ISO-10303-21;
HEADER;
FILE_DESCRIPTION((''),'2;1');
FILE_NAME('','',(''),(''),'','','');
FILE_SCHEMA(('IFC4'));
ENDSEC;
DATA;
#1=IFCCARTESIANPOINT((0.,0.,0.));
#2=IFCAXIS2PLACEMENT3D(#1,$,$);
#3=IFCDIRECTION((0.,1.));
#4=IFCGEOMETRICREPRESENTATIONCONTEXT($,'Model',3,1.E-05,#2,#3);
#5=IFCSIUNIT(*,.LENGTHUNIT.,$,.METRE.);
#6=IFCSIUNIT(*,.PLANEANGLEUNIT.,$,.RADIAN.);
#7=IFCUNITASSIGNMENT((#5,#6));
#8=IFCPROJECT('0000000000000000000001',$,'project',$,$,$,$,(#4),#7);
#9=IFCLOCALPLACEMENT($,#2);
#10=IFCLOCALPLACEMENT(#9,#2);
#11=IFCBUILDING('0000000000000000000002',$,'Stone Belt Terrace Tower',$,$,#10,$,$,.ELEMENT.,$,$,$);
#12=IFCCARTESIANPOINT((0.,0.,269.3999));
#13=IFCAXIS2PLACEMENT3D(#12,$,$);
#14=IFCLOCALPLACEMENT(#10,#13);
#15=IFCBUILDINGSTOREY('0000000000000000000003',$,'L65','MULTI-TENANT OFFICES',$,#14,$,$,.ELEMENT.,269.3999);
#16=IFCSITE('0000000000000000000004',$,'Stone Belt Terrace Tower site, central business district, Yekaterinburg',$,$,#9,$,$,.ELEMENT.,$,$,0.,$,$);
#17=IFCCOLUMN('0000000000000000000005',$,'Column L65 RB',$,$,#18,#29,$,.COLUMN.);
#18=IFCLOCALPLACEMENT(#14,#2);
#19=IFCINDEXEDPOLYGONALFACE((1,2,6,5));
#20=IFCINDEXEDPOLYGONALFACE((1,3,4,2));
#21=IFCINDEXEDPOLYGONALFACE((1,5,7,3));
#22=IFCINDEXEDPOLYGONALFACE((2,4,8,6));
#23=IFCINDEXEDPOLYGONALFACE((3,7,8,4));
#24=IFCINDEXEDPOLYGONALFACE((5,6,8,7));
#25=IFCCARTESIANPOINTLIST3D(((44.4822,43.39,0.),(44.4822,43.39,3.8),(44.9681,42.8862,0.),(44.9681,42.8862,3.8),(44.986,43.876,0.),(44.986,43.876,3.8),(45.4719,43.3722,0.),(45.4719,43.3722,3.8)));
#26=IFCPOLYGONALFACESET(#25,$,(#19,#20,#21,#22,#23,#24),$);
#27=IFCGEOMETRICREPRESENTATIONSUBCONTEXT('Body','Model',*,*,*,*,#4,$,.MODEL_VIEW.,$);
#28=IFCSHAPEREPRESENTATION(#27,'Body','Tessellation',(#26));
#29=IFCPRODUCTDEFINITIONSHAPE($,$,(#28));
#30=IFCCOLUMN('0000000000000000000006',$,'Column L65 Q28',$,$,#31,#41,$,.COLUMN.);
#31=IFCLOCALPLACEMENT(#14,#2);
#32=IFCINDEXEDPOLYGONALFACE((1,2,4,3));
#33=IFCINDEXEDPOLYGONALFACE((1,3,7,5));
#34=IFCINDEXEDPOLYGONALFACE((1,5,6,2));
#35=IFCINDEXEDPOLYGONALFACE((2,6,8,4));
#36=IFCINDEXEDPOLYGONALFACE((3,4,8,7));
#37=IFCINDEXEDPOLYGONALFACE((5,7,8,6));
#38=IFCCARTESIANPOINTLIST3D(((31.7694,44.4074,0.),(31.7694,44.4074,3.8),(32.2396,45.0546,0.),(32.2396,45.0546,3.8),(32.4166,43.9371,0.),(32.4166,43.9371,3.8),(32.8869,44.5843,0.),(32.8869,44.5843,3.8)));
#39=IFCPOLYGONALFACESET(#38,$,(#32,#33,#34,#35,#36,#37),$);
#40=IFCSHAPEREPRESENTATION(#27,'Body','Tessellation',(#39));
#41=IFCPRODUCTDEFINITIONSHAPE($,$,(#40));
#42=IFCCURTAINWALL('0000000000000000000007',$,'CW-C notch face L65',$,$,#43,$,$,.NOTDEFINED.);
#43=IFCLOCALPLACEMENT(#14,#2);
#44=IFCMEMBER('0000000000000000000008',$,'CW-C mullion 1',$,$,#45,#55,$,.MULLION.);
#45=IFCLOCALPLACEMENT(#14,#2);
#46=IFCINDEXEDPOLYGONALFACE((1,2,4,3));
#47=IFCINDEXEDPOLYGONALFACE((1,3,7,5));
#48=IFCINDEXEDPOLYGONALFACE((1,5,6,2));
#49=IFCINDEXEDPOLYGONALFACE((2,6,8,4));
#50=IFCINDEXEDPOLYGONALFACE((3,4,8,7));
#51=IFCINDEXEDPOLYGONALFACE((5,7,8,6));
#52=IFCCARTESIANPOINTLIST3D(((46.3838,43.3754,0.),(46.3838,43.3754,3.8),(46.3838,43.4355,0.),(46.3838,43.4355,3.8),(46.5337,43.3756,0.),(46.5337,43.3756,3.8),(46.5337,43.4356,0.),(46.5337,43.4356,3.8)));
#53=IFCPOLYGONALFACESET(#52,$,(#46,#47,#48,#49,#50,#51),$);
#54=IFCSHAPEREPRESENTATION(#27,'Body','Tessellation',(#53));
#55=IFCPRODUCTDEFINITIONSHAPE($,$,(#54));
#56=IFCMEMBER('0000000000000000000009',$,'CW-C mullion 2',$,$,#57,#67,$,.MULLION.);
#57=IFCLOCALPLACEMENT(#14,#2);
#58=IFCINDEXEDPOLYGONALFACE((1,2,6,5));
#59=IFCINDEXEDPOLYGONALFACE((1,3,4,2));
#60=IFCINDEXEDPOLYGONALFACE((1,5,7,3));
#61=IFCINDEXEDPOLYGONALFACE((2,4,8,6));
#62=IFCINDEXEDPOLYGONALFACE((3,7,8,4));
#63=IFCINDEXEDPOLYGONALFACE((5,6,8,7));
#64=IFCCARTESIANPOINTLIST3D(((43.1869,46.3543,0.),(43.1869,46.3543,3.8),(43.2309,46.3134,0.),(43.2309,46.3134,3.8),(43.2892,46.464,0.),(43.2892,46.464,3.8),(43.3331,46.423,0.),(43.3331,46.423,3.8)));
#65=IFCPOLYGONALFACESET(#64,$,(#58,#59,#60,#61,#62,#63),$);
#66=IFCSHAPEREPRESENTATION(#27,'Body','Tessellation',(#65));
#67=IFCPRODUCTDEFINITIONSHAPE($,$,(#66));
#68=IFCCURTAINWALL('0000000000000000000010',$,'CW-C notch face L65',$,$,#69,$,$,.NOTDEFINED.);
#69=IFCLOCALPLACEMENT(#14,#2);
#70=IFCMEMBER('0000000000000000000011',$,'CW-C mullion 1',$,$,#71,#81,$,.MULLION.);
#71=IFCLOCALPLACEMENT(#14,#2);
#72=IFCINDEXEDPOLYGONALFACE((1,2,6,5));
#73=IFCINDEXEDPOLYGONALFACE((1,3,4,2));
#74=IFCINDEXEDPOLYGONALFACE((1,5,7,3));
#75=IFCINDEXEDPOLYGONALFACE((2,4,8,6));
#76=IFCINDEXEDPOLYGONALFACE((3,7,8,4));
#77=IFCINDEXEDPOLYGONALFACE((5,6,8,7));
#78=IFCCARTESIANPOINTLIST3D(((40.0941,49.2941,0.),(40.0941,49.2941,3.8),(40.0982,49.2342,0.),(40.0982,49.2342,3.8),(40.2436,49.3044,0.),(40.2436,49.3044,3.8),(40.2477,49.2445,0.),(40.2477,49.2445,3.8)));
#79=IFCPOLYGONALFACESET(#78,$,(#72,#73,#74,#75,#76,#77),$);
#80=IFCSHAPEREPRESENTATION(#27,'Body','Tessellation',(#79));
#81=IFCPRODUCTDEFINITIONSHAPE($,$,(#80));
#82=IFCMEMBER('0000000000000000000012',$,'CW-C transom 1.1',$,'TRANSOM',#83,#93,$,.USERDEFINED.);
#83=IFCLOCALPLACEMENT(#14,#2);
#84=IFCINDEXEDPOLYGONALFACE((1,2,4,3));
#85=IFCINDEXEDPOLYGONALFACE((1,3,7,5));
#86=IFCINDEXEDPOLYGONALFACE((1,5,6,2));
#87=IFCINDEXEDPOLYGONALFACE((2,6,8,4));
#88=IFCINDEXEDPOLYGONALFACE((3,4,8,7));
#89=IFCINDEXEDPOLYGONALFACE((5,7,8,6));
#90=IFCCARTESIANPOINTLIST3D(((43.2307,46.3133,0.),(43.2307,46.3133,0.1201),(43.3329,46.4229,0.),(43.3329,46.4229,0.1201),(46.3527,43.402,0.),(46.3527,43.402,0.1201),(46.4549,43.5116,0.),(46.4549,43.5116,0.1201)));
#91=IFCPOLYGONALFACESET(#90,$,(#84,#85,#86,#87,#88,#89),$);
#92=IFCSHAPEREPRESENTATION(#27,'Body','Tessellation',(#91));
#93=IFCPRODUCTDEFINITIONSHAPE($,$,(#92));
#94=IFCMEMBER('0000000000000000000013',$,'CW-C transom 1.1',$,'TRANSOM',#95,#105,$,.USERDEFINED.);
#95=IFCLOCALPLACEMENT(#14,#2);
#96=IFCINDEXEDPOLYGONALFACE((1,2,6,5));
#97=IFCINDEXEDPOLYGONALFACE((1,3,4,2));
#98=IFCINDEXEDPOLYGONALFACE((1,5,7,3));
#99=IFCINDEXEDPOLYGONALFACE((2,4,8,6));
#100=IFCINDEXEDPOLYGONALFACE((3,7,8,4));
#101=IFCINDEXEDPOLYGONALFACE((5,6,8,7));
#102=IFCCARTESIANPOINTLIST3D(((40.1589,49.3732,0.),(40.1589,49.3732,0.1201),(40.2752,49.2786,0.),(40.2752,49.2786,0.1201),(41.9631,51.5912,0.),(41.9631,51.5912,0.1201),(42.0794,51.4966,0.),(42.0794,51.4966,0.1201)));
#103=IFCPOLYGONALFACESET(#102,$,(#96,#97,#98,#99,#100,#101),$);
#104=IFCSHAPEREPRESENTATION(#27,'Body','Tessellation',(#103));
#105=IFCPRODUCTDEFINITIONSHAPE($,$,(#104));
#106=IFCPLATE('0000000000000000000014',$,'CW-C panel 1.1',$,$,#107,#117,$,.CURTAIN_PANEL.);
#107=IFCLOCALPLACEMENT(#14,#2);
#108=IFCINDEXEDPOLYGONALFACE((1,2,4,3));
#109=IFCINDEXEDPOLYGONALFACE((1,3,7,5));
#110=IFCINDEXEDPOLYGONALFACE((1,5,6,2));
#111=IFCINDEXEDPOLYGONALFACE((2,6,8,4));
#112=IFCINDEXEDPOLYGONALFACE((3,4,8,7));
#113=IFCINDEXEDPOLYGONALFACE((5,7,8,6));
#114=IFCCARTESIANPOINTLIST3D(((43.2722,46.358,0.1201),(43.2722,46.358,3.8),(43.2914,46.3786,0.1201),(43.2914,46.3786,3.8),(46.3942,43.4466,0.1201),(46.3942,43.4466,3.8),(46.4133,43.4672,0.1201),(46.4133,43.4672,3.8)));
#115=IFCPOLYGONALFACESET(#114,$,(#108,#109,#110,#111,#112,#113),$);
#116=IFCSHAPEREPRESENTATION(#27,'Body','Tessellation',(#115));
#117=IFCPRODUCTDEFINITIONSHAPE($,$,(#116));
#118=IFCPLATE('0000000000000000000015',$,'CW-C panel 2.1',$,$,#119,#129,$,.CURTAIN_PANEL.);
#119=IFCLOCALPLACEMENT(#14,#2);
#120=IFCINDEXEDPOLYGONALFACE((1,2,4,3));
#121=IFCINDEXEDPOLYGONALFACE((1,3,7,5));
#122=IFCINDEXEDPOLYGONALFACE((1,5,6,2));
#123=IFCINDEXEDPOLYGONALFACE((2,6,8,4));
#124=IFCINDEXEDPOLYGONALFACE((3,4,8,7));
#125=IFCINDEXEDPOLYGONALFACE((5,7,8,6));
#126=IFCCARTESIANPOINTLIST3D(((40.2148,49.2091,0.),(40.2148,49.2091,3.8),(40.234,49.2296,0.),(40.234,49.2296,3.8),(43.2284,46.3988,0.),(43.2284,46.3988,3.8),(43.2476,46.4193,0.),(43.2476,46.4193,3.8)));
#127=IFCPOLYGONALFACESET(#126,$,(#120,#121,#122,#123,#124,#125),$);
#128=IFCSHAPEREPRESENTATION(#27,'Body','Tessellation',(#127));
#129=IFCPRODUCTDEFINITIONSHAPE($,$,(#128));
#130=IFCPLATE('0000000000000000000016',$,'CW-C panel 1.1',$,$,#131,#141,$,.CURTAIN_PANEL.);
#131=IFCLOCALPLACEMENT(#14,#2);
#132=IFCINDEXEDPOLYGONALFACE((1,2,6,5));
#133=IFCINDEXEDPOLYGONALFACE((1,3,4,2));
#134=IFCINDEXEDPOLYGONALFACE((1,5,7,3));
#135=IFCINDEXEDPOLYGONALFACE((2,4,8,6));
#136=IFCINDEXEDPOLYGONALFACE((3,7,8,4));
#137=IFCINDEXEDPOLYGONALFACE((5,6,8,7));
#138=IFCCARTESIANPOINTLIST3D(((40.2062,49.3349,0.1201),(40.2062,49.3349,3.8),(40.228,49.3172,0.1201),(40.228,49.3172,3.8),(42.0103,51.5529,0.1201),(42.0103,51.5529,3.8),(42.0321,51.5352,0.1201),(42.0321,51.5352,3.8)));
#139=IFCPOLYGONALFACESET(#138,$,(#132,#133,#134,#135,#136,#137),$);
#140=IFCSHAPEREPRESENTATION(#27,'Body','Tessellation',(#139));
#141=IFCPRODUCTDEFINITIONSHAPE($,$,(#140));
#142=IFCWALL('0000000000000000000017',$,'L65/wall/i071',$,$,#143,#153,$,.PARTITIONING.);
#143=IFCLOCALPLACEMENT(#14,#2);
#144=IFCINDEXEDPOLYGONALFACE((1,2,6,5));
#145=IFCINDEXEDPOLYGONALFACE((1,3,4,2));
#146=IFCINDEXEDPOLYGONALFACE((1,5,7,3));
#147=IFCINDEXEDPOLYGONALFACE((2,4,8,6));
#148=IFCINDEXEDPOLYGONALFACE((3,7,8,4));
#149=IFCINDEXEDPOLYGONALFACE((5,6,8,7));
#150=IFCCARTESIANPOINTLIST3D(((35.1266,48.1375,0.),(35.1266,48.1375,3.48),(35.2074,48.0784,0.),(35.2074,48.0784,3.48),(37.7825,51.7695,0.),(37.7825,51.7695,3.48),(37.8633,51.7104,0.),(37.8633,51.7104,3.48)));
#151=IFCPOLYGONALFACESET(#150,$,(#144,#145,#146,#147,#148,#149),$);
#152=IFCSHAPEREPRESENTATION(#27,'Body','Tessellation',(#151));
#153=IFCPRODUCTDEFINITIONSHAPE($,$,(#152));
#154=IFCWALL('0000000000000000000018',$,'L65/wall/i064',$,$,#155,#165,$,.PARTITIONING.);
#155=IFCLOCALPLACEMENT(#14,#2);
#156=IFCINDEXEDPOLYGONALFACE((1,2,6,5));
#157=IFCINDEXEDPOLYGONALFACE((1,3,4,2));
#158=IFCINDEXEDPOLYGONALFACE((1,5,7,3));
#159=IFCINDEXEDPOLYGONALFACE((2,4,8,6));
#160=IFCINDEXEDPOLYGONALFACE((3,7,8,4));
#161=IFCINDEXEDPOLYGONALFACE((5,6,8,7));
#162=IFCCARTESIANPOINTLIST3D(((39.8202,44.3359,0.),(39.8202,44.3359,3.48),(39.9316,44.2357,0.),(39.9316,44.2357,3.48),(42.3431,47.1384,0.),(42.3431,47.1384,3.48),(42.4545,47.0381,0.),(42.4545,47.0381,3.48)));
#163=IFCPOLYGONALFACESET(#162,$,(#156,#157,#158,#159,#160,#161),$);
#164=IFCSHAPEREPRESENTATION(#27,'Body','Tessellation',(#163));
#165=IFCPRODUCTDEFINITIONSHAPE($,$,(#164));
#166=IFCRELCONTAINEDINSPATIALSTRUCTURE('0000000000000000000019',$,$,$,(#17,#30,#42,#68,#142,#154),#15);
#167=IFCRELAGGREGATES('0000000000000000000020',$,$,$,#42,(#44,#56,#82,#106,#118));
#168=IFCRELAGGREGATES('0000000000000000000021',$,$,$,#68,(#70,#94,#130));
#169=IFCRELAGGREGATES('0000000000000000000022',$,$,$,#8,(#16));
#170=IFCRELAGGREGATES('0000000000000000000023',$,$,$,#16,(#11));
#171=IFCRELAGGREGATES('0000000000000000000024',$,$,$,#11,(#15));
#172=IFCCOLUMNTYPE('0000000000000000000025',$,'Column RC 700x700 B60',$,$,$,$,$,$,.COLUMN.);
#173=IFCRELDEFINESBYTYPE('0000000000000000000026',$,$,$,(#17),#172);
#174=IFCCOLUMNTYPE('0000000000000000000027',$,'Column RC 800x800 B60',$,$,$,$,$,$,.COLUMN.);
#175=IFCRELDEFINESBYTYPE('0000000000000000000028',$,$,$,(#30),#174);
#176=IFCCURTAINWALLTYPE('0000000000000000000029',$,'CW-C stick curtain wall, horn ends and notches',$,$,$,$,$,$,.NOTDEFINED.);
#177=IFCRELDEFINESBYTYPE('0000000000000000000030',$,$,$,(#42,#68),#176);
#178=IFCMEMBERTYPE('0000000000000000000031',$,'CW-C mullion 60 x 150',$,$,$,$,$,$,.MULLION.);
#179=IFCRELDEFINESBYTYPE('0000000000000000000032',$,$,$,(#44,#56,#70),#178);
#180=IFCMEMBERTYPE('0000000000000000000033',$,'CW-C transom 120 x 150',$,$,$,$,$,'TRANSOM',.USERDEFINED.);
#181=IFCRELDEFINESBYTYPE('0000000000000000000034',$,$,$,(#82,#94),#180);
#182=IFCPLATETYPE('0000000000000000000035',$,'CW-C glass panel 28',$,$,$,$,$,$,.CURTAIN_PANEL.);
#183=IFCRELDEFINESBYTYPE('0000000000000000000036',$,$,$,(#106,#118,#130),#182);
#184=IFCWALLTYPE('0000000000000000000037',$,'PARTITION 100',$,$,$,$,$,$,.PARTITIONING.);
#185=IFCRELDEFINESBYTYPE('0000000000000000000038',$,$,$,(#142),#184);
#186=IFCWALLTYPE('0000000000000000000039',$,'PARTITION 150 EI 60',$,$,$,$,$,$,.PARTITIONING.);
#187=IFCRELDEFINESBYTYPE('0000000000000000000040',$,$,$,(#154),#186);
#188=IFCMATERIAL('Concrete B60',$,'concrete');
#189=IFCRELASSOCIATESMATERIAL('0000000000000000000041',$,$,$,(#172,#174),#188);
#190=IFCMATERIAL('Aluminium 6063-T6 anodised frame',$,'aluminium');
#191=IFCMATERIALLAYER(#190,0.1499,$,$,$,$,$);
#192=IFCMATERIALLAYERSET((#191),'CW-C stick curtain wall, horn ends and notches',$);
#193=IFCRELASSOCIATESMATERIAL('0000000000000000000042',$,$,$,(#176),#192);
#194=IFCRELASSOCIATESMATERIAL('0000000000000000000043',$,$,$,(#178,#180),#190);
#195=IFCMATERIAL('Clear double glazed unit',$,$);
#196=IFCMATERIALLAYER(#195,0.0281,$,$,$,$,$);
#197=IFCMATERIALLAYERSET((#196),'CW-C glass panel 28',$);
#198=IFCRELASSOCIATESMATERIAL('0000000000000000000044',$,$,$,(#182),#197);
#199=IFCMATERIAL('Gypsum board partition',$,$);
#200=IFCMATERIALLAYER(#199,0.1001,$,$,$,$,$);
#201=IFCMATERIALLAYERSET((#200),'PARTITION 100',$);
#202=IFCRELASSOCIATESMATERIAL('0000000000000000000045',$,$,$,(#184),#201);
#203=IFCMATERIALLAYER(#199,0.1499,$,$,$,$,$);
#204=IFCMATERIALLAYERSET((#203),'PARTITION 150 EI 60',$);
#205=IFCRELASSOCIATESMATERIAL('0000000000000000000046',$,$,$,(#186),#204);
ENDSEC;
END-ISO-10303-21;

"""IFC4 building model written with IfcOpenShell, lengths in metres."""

from ifc_helpers import new_model, si_unit, direction, frame, frame_2d, origin, origin_2d, place, context, subcontext, project, spatial, rectangle, extrude, material, layer, layer_set, material_profile, profile_set, type_object, element, aggregate, save


model = new_model("IFC4")

# Units and contexts
model_context = context("Model", 3, precision=1e-05, world=origin(), true_north=direction((0.0, 1.0)))
body_context = subcontext(model_context, "Body", "Model", "MODEL_VIEW")
ifc_project = project(units=[si_unit("LENGTHUNIT", "METRE"), si_unit("PLANEANGLEUNIT", "RADIAN")], contexts=[model_context])

# Site, building, storey
site_placement = place(None, origin())
site = spatial("IfcSite", under=ifc_project, at=site_placement, Name="Stone Belt Terrace Tower site, central business district, Yekaterinburg", CompositionType="ELEMENT", RefElevation=0.0)
building_placement = place(site_placement, origin())
building = spatial("IfcBuilding", under=site, at=building_placement, Name="Stone Belt Terrace Tower", CompositionType="ELEMENT")
storey_placement = place(building_placement, frame((0.0, 0.0, 269.3999)))
storey = spatial("IfcBuildingStorey", under=building, at=storey_placement, Name="L65", Description="MULTI-TENANT OFFICES", CompositionType="ELEMENT", Elevation=269.3999)

# Columns
ifc_material_1 = material(Name="Concrete B60", Category="concrete")
ifc_material_profile_1 = material_profile(ifc_material_1, rectangle(XDim=0.7, YDim=0.7, at=origin_2d()), Name="RC 700x700")
ifc_profile_set_1 = profile_set([ifc_material_profile_1], Name="Concrete B60")
column_type_1 = type_object("IfcColumnType", Name="Column RC 700x700 B60", PredefinedType="COLUMN", material=ifc_profile_set_1)
column_1_placement = place(storey_placement, frame((44.9771, 43.3811, 0.0), z_axis=(0.0, 0.0, 1.0), x_axis=(0.694221, -0.719762, 0.0)))
element("IfcColumn", 1, at=column_1_placement, inside=storey, type_object=column_type_1, Name="Column L65 RB", PredefinedType="COLUMN", context=body_context, shape_type="SweptSolid", body=[
    extrude(rectangle(XDim=0.7, YDim=0.7, at=origin_2d()), origin(), (0.0, 0.0, 1.0), 3.8),
])
ifc_material_profile_2 = material_profile(ifc_material_1, rectangle(XDim=0.8, YDim=0.8, at=origin_2d()), Name="RC 800x800")
ifc_profile_set_2 = profile_set([ifc_material_profile_2], Name="Concrete B60")
column_type_2 = type_object("IfcColumnType", Name="Column RC 800x800 B60", PredefinedType="COLUMN", material=ifc_profile_set_2)
column_2_placement = place(storey_placement, frame((32.3281, 44.4958, 0.0), z_axis=(0.0, 0.0, 1.0), x_axis=(0.809017, -0.587785, 0.0)))
element("IfcColumn", 2, at=column_2_placement, inside=storey, type_object=column_type_2, Name="Column L65 Q28", PredefinedType="COLUMN", context=body_context, shape_type="SweptSolid", body=[
    extrude(rectangle(XDim=0.8, YDim=0.8, at=origin_2d()), origin(), (0.0, 0.0, 1.0), 3.8),
])

# Curtain wall, members
ifc_material_2 = material(Name="Aluminium 6063-T6 anodised frame", Category="aluminium")
ifc_layer_1 = layer(ifc_material_2, 0.1499)
ifc_layer_set_1 = layer_set([ifc_layer_1], Name="CW-C stick curtain wall, horn ends and notches")
curtain_wall_type = type_object("IfcCurtainWallType", Name="CW-C stick curtain wall, horn ends and notches", PredefinedType="NOTDEFINED", material=ifc_layer_set_1)
curtain_wall_1_placement = place(storey_placement, origin())
curtain_wall_1 = element("IfcCurtainWall", 3, at=curtain_wall_1_placement, inside=storey, type_object=curtain_wall_type, Name="CW-C notch face L65", PredefinedType="NOTDEFINED")
ifc_material_profile_3 = material_profile(ifc_material_2, rectangle(XDim=0.1499, YDim=0.0601, at=origin_2d()), Name="Aluminium 6063-T6 60x150")
ifc_profile_set_3 = profile_set([ifc_material_profile_3], Name="Aluminium 6063-T6 anodised frame")
member_type_1 = type_object("IfcMemberType", Name="CW-C mullion 60 x 150", PredefinedType="MULLION", material=ifc_profile_set_3)
member_1_placement = place(storey_placement, frame((46.4587, 43.4055, 0.0), z_axis=(0.0, 0.0, 1.0), x_axis=(-0.999999, -0.001051, 0.0)))
member_1 = element("IfcMember", 4, at=member_1_placement, type_object=member_type_1, Name="CW-C mullion 1", PredefinedType="MULLION", context=body_context, shape_type="SweptSolid", body=[
    extrude(rectangle(XDim=0.1499, YDim=0.0601, at=origin_2d()), origin(), (0.0, 0.0, 1.0), 3.8),
])
member_2_placement = place(storey_placement, frame((43.26, 46.3887, 0.0), z_axis=(0.0, 0.0, 1.0), x_axis=(-0.682014, -0.731339, 0.0)))
member_2 = element("IfcMember", 5, at=member_2_placement, type_object=member_type_1, Name="CW-C mullion 2", PredefinedType="MULLION", context=body_context, shape_type="SweptSolid", body=[
    extrude(rectangle(XDim=0.1499, YDim=0.0601, at=origin_2d()), origin(), (0.0, 0.0, 1.0), 3.8),
])

# Curtain wall, member
curtain_wall_2_placement = place(storey_placement, origin())
curtain_wall_2 = element("IfcCurtainWall", 6, at=curtain_wall_2_placement, inside=storey, type_object=curtain_wall_type, Name="CW-C notch face L65", PredefinedType="NOTDEFINED")
member_3_placement = place(storey_placement, frame((40.1709, 49.2693, 0.0), z_axis=(0.0, 0.0, 1.0), x_axis=(-0.99764, -0.068666, 0.0)))
member_3 = element("IfcMember", 7, at=member_3_placement, type_object=member_type_1, Name="CW-C mullion 1", PredefinedType="MULLION", context=body_context, shape_type="SweptSolid", body=[
    extrude(rectangle(XDim=0.1499, YDim=0.0601, at=origin_2d()), origin(), (0.0, 0.0, 1.0), 3.8),
])

# Members
ifc_material_profile_4 = material_profile(ifc_material_2, rectangle(XDim=0.1499, YDim=0.1201, at=origin_2d()), Name="Aluminium 6063-T6 150x120")
ifc_profile_set_4 = profile_set([ifc_material_profile_4], Name="Aluminium 6063-T6 anodised frame")
member_type_2 = type_object("IfcMemberType", Name="CW-C transom 120 x 150", ElementType="TRANSOM", PredefinedType="USERDEFINED", material=ifc_profile_set_4)
member_4_placement = place(storey_placement, frame((46.4038, 43.4568, 0.0601), z_axis=(-0.731354, 0.681998, 0.0), x_axis=(-0.681998, -0.731354, 0.0)))
member_4 = element("IfcMember", 8, at=member_4_placement, type_object=member_type_2, Name="CW-C transom 1.1", ObjectType="TRANSOM", PredefinedType="USERDEFINED", context=body_context, shape_type="SweptSolid", body=[
    extrude(rectangle(XDim=0.1499, YDim=0.1201, at=origin_2d()), origin(), (0.0, 0.0, 1.0), 4.2688),
])
member_5_placement = place(storey_placement, frame((40.217, 49.3259, 0.0601), z_axis=(0.631027, 0.775761, 0.0), x_axis=(-0.775761, 0.631027, 0.0)))
member_5 = element("IfcMember", 9, at=member_5_placement, type_object=member_type_2, Name="CW-C transom 1.1", ObjectType="TRANSOM", PredefinedType="USERDEFINED", context=body_context, shape_type="SweptSolid", body=[
    extrude(rectangle(XDim=0.1499, YDim=0.1201, at=origin_2d()), origin(), (0.0, 0.0, 1.0), 2.8591),
])

# Plates
ifc_material_3 = material(Name="Clear double glazed unit")
ifc_layer_2 = layer(ifc_material_3, 0.0281)
ifc_layer_set_2 = layer_set([ifc_layer_2], Name="CW-C glass panel 28")
plate_type = type_object("IfcPlateType", Name="CW-C glass panel 28", PredefinedType="CURTAIN_PANEL", material=ifc_layer_set_2)
plate_1_placement = place(storey_placement, frame((44.8428, 44.9126, 0.1201), z_axis=(0.0, 0.0, 1.0), x_axis=(-0.731339, 0.682014, 0.0)))
plate_1 = element("IfcPlate", 10, at=plate_1_placement, type_object=plate_type, Name="CW-C panel 1.1", PredefinedType="CURTAIN_PANEL", context=body_context, shape_type="SweptSolid", body=[
    extrude(rectangle(XDim=4.2688, YDim=0.0281, at=origin_2d()), origin(), (0.0, 0.0, 1.0), 3.6799),
])
plate_2_placement = place(storey_placement, frame((41.7312, 47.8142, 0.0), z_axis=(0.0, 0.0, 1.0), x_axis=(-0.731339, 0.682014, 0.0)))
plate_2 = element("IfcPlate", 11, at=plate_2_placement, type_object=plate_type, Name="CW-C panel 2.1", PredefinedType="CURTAIN_PANEL", context=body_context, shape_type="SweptSolid", body=[
    extrude(rectangle(XDim=4.1206, YDim=0.0281, at=origin_2d()), origin(), (0.0, 0.0, 1.0), 3.8),
])
aggregate(curtain_wall_1, [member_1, member_2, member_4, plate_1, plate_2])
plate_3_placement = place(storey_placement, frame((41.1191, 50.4351, 0.1201), z_axis=(0.0, 0.0, 1.0), x_axis=(0.631001, 0.775782, 0.0)))
plate_3 = element("IfcPlate", 12, at=plate_3_placement, type_object=plate_type, Name="CW-C panel 1.1", PredefinedType="CURTAIN_PANEL", context=body_context, shape_type="SweptSolid", body=[
    extrude(rectangle(XDim=2.8591, YDim=0.0281, at=origin_2d()), origin(), (0.0, 0.0, 1.0), 3.6799),
])
aggregate(curtain_wall_2, [member_3, member_5, plate_3])

# Walls
ifc_material_4 = material(Name="Gypsum board partition")
ifc_layer_3 = layer(ifc_material_4, 0.1001)
ifc_layer_set_3 = layer_set([ifc_layer_3], Name="PARTITION 100")
wall_type_1 = type_object("IfcWallType", Name="PARTITION 100", PredefinedType="PARTITIONING", material=ifc_layer_set_3)
wall_1_placement = place(storey_placement, frame((35.167, 48.1079, 0.0), z_axis=(0.0, 0.0, 1.0), x_axis=(0.590276, 0.807201, 0.0)))
element("IfcWall", 13, at=wall_1_placement, inside=storey, type_object=wall_type_1, Name="L65/wall/i071", PredefinedType="PARTITIONING", context=body_context, shape_type="SweptSolid", body=[
    extrude(rectangle(XDim=4.4995, YDim=0.1001, at=frame_2d((2.2498, 0.0))), origin(), (0.0, 0.0, 1.0), 3.48),
])
ifc_layer_4 = layer(ifc_material_4, 0.1499)
ifc_layer_set_4 = layer_set([ifc_layer_4], Name="PARTITION 150 EI 60")
wall_type_2 = type_object("IfcWallType", Name="PARTITION 150 EI 60", PredefinedType="PARTITIONING", material=ifc_layer_set_4)
wall_2_placement = place(storey_placement, frame((39.876, 44.2859, 0.0), z_axis=(0.0, 0.0, 1.0), x_axis=(0.669068, 0.743201, 0.0)))
element("IfcWall", 14, at=wall_2_placement, inside=storey, type_object=wall_type_2, Name="L65/wall/i064", PredefinedType="PARTITIONING", context=body_context, shape_type="SweptSolid", body=[
    extrude(rectangle(XDim=3.7708, YDim=0.1499, at=frame_2d((1.8853, 0.0))), origin(), (0.0, 0.0, 1.0), 3.48),
])

save(model, "model.ifc")
